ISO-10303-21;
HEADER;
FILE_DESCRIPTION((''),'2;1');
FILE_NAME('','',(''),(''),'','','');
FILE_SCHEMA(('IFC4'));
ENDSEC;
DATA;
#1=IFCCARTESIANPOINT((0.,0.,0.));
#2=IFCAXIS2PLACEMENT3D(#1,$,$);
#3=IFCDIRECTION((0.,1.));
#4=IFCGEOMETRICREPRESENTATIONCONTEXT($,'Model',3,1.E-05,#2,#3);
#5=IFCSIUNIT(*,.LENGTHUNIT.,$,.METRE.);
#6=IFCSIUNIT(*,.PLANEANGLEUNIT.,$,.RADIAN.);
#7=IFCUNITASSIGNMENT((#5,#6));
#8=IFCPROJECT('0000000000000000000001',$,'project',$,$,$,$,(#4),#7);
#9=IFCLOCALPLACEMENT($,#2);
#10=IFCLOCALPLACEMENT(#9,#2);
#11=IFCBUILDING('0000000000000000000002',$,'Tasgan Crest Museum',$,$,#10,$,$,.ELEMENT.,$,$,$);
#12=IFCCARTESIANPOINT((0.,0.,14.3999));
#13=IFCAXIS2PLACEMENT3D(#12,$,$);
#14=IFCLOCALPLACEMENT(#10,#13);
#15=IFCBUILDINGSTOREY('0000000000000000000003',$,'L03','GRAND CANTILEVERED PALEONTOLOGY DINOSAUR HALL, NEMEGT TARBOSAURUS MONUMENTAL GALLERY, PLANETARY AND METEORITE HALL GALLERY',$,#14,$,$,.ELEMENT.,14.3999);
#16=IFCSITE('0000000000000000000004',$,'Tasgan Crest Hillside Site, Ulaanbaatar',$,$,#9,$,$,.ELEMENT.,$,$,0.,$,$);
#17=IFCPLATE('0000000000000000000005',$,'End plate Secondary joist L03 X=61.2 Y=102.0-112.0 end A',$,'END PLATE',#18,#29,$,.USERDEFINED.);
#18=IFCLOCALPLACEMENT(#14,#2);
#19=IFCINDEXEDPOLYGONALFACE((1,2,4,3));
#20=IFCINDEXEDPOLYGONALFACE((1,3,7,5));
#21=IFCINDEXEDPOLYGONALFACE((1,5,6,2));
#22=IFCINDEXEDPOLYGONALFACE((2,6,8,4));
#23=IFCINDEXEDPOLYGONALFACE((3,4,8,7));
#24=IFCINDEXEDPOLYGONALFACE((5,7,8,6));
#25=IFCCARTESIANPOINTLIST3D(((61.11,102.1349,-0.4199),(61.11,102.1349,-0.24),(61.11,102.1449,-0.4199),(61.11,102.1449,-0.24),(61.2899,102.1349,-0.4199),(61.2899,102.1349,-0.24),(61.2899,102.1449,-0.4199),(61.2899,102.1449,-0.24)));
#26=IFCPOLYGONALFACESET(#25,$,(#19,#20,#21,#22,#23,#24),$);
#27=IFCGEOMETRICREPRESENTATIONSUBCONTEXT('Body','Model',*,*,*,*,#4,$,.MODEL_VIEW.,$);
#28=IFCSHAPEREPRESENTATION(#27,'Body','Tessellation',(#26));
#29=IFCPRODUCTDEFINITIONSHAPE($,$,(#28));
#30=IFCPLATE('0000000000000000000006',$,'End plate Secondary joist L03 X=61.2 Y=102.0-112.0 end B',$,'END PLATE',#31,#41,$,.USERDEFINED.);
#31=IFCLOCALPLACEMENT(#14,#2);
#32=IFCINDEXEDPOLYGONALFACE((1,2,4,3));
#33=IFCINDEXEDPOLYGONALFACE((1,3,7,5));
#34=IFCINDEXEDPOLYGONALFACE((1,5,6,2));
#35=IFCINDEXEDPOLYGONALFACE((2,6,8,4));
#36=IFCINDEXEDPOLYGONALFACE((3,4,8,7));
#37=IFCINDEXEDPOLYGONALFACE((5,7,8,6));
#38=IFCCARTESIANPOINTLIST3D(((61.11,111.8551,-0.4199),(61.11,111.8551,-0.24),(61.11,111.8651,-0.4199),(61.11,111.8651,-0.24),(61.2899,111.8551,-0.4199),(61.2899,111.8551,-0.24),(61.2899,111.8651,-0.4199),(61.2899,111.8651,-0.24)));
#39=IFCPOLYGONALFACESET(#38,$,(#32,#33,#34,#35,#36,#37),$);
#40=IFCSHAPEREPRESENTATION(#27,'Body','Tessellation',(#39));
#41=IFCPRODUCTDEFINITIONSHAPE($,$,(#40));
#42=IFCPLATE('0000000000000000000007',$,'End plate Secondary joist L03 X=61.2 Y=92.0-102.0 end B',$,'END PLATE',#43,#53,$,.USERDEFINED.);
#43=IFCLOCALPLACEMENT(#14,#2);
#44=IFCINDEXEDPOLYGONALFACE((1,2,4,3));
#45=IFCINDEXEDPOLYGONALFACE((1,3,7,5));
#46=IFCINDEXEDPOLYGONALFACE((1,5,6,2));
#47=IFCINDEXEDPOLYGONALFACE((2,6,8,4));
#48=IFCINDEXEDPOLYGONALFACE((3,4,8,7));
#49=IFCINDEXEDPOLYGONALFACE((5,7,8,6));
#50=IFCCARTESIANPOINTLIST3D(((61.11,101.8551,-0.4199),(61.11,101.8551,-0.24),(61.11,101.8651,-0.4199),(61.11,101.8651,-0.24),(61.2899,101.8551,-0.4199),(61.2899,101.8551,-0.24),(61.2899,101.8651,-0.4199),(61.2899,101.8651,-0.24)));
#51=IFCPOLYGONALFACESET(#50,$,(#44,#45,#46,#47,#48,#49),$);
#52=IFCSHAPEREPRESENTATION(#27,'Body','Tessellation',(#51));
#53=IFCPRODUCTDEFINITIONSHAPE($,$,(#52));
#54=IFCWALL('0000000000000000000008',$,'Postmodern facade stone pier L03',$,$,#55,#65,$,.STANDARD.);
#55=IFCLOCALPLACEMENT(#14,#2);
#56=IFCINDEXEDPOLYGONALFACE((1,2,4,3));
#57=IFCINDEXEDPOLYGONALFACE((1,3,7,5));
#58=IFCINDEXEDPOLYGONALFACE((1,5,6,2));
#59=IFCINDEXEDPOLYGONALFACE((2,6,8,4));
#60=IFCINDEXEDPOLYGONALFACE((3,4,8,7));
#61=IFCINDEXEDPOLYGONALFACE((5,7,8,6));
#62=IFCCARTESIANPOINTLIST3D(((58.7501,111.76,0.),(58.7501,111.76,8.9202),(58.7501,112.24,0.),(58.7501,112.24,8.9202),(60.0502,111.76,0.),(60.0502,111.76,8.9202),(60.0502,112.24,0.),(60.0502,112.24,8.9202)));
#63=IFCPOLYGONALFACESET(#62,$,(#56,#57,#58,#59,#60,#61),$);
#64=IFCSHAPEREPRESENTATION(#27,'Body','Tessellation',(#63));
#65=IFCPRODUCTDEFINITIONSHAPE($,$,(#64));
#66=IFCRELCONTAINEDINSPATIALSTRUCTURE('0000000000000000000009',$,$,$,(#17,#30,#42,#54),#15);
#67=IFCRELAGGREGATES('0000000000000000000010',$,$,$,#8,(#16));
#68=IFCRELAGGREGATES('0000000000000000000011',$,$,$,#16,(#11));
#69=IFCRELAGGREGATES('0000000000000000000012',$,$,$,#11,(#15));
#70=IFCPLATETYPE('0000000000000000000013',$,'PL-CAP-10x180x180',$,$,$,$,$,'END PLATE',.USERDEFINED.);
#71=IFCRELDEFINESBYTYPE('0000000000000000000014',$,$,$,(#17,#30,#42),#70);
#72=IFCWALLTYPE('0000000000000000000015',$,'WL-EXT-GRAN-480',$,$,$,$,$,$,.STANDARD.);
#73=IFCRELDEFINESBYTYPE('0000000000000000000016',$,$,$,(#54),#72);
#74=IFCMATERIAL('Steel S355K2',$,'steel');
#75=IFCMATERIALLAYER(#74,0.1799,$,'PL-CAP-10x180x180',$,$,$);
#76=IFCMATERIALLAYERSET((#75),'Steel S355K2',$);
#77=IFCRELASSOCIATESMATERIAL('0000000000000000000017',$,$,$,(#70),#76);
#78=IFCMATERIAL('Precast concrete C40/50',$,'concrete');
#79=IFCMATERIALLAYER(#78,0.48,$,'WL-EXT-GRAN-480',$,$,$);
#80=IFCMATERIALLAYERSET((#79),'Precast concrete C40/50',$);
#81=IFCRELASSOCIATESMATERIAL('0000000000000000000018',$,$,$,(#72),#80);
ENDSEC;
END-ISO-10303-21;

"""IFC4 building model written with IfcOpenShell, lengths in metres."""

from ifc_helpers import new_model, si_unit, direction, frame, frame_2d, origin, origin_2d, place, context, subcontext, project, spatial, rectangle, extrude, material, layer, layer_set, type_object, element, save


model = new_model("IFC4")

# Units and contexts
model_context = context("Model", 3, precision=1e-05, world=origin(), true_north=direction((0.0, 1.0)))
body_context = subcontext(model_context, "Body", "Model", "MODEL_VIEW")
ifc_project = project(units=[si_unit("LENGTHUNIT", "METRE"), si_unit("PLANEANGLEUNIT", "RADIAN")], contexts=[model_context])

# Site, building, storey
site_placement = place(None, origin())
site = spatial("IfcSite", under=ifc_project, at=site_placement, Name="Tasgan Crest Hillside Site, Ulaanbaatar", CompositionType="ELEMENT", RefElevation=0.0)
building_placement = place(site_placement, origin())
building = spatial("IfcBuilding", under=site, at=building_placement, Name="Tasgan Crest Museum", CompositionType="ELEMENT")
storey_placement = place(building_placement, frame((0.0, 0.0, 14.3999)))
storey = spatial("IfcBuildingStorey", under=building, at=storey_placement, Name="L03", Description="GRAND CANTILEVERED PALEONTOLOGY DINOSAUR HALL, NEMEGT TARBOSAURUS MONUMENTAL GALLERY, PLANETARY AND METEORITE HALL GALLERY", CompositionType="ELEMENT", Elevation=14.3999)

# Plates
ifc_material_1 = material(Name="Steel S355K2", Category="steel")
ifc_layer_1 = layer(ifc_material_1, 0.1799, Name="PL-CAP-10x180x180")
ifc_layer_set_1 = layer_set([ifc_layer_1], Name="Steel S355K2")
plate_type_1 = type_object("IfcPlateType", Name="PL-CAP-10x180x180", ElementType="END PLATE", PredefinedType="USERDEFINED", material=ifc_layer_set_1)
for number, where, z_axis, x_axis, name in (
    (1, (61.2, 102.1399, -0.4199), (0.0, 0.0, 1.0), (0.0, 1.0, 0.0), "End plate Secondary joist L03 X=61.2 Y=102.0-112.0 end A"),
    (2, (61.2, 111.8601, -0.4199), (0.0, 0.0, 1.0), (0.0, 1.0, 0.0), "End plate Secondary joist L03 X=61.2 Y=102.0-112.0 end B"),
    (3, (61.2, 101.8601, -0.4199), (0.0, 0.0, 1.0), (0.0, 1.0, 0.0), "End plate Secondary joist L03 X=61.2 Y=92.0-102.0 end B"),
):
    element("IfcPlate", number, at=place(storey_placement, frame(where, z_axis=z_axis, x_axis=x_axis)), inside=storey, type_object=plate_type_1, Name=name, ObjectType="END PLATE", PredefinedType="USERDEFINED", context=body_context, shape_type="SweptSolid", body=[
        extrude(rectangle(XDim=0.01, YDim=0.1799, at=origin_2d()), origin(), (0.0, 0.0, 1.0), 0.1799),
    ])

# Wall
ifc_material_2 = material(Name="Precast concrete C40/50", Category="concrete")
ifc_layer_2 = layer(ifc_material_2, 0.48, Name="WL-EXT-GRAN-480")
ifc_layer_set_2 = layer_set([ifc_layer_2], Name="Precast concrete C40/50")
wall_type = type_object("IfcWallType", Name="WL-EXT-GRAN-480", PredefinedType="STANDARD", material=ifc_layer_set_2)
wall_placement = place(storey_placement, frame((60.05, 112.0, 0.0), z_axis=(0.0, 0.0, 1.0), x_axis=(-1.0, 0.0, 0.0)))
element("IfcWall", 4, at=wall_placement, inside=storey, type_object=wall_type, Name="Postmodern facade stone pier L03", PredefinedType="STANDARD", context=body_context, shape_type="SweptSolid", body=[
    extrude(rectangle(XDim=1.3, YDim=0.48, at=frame_2d((0.6499, 0.0))), origin(), (0.0, 0.0, 1.0), 8.9202),
])

save(model, "model.ifc")
